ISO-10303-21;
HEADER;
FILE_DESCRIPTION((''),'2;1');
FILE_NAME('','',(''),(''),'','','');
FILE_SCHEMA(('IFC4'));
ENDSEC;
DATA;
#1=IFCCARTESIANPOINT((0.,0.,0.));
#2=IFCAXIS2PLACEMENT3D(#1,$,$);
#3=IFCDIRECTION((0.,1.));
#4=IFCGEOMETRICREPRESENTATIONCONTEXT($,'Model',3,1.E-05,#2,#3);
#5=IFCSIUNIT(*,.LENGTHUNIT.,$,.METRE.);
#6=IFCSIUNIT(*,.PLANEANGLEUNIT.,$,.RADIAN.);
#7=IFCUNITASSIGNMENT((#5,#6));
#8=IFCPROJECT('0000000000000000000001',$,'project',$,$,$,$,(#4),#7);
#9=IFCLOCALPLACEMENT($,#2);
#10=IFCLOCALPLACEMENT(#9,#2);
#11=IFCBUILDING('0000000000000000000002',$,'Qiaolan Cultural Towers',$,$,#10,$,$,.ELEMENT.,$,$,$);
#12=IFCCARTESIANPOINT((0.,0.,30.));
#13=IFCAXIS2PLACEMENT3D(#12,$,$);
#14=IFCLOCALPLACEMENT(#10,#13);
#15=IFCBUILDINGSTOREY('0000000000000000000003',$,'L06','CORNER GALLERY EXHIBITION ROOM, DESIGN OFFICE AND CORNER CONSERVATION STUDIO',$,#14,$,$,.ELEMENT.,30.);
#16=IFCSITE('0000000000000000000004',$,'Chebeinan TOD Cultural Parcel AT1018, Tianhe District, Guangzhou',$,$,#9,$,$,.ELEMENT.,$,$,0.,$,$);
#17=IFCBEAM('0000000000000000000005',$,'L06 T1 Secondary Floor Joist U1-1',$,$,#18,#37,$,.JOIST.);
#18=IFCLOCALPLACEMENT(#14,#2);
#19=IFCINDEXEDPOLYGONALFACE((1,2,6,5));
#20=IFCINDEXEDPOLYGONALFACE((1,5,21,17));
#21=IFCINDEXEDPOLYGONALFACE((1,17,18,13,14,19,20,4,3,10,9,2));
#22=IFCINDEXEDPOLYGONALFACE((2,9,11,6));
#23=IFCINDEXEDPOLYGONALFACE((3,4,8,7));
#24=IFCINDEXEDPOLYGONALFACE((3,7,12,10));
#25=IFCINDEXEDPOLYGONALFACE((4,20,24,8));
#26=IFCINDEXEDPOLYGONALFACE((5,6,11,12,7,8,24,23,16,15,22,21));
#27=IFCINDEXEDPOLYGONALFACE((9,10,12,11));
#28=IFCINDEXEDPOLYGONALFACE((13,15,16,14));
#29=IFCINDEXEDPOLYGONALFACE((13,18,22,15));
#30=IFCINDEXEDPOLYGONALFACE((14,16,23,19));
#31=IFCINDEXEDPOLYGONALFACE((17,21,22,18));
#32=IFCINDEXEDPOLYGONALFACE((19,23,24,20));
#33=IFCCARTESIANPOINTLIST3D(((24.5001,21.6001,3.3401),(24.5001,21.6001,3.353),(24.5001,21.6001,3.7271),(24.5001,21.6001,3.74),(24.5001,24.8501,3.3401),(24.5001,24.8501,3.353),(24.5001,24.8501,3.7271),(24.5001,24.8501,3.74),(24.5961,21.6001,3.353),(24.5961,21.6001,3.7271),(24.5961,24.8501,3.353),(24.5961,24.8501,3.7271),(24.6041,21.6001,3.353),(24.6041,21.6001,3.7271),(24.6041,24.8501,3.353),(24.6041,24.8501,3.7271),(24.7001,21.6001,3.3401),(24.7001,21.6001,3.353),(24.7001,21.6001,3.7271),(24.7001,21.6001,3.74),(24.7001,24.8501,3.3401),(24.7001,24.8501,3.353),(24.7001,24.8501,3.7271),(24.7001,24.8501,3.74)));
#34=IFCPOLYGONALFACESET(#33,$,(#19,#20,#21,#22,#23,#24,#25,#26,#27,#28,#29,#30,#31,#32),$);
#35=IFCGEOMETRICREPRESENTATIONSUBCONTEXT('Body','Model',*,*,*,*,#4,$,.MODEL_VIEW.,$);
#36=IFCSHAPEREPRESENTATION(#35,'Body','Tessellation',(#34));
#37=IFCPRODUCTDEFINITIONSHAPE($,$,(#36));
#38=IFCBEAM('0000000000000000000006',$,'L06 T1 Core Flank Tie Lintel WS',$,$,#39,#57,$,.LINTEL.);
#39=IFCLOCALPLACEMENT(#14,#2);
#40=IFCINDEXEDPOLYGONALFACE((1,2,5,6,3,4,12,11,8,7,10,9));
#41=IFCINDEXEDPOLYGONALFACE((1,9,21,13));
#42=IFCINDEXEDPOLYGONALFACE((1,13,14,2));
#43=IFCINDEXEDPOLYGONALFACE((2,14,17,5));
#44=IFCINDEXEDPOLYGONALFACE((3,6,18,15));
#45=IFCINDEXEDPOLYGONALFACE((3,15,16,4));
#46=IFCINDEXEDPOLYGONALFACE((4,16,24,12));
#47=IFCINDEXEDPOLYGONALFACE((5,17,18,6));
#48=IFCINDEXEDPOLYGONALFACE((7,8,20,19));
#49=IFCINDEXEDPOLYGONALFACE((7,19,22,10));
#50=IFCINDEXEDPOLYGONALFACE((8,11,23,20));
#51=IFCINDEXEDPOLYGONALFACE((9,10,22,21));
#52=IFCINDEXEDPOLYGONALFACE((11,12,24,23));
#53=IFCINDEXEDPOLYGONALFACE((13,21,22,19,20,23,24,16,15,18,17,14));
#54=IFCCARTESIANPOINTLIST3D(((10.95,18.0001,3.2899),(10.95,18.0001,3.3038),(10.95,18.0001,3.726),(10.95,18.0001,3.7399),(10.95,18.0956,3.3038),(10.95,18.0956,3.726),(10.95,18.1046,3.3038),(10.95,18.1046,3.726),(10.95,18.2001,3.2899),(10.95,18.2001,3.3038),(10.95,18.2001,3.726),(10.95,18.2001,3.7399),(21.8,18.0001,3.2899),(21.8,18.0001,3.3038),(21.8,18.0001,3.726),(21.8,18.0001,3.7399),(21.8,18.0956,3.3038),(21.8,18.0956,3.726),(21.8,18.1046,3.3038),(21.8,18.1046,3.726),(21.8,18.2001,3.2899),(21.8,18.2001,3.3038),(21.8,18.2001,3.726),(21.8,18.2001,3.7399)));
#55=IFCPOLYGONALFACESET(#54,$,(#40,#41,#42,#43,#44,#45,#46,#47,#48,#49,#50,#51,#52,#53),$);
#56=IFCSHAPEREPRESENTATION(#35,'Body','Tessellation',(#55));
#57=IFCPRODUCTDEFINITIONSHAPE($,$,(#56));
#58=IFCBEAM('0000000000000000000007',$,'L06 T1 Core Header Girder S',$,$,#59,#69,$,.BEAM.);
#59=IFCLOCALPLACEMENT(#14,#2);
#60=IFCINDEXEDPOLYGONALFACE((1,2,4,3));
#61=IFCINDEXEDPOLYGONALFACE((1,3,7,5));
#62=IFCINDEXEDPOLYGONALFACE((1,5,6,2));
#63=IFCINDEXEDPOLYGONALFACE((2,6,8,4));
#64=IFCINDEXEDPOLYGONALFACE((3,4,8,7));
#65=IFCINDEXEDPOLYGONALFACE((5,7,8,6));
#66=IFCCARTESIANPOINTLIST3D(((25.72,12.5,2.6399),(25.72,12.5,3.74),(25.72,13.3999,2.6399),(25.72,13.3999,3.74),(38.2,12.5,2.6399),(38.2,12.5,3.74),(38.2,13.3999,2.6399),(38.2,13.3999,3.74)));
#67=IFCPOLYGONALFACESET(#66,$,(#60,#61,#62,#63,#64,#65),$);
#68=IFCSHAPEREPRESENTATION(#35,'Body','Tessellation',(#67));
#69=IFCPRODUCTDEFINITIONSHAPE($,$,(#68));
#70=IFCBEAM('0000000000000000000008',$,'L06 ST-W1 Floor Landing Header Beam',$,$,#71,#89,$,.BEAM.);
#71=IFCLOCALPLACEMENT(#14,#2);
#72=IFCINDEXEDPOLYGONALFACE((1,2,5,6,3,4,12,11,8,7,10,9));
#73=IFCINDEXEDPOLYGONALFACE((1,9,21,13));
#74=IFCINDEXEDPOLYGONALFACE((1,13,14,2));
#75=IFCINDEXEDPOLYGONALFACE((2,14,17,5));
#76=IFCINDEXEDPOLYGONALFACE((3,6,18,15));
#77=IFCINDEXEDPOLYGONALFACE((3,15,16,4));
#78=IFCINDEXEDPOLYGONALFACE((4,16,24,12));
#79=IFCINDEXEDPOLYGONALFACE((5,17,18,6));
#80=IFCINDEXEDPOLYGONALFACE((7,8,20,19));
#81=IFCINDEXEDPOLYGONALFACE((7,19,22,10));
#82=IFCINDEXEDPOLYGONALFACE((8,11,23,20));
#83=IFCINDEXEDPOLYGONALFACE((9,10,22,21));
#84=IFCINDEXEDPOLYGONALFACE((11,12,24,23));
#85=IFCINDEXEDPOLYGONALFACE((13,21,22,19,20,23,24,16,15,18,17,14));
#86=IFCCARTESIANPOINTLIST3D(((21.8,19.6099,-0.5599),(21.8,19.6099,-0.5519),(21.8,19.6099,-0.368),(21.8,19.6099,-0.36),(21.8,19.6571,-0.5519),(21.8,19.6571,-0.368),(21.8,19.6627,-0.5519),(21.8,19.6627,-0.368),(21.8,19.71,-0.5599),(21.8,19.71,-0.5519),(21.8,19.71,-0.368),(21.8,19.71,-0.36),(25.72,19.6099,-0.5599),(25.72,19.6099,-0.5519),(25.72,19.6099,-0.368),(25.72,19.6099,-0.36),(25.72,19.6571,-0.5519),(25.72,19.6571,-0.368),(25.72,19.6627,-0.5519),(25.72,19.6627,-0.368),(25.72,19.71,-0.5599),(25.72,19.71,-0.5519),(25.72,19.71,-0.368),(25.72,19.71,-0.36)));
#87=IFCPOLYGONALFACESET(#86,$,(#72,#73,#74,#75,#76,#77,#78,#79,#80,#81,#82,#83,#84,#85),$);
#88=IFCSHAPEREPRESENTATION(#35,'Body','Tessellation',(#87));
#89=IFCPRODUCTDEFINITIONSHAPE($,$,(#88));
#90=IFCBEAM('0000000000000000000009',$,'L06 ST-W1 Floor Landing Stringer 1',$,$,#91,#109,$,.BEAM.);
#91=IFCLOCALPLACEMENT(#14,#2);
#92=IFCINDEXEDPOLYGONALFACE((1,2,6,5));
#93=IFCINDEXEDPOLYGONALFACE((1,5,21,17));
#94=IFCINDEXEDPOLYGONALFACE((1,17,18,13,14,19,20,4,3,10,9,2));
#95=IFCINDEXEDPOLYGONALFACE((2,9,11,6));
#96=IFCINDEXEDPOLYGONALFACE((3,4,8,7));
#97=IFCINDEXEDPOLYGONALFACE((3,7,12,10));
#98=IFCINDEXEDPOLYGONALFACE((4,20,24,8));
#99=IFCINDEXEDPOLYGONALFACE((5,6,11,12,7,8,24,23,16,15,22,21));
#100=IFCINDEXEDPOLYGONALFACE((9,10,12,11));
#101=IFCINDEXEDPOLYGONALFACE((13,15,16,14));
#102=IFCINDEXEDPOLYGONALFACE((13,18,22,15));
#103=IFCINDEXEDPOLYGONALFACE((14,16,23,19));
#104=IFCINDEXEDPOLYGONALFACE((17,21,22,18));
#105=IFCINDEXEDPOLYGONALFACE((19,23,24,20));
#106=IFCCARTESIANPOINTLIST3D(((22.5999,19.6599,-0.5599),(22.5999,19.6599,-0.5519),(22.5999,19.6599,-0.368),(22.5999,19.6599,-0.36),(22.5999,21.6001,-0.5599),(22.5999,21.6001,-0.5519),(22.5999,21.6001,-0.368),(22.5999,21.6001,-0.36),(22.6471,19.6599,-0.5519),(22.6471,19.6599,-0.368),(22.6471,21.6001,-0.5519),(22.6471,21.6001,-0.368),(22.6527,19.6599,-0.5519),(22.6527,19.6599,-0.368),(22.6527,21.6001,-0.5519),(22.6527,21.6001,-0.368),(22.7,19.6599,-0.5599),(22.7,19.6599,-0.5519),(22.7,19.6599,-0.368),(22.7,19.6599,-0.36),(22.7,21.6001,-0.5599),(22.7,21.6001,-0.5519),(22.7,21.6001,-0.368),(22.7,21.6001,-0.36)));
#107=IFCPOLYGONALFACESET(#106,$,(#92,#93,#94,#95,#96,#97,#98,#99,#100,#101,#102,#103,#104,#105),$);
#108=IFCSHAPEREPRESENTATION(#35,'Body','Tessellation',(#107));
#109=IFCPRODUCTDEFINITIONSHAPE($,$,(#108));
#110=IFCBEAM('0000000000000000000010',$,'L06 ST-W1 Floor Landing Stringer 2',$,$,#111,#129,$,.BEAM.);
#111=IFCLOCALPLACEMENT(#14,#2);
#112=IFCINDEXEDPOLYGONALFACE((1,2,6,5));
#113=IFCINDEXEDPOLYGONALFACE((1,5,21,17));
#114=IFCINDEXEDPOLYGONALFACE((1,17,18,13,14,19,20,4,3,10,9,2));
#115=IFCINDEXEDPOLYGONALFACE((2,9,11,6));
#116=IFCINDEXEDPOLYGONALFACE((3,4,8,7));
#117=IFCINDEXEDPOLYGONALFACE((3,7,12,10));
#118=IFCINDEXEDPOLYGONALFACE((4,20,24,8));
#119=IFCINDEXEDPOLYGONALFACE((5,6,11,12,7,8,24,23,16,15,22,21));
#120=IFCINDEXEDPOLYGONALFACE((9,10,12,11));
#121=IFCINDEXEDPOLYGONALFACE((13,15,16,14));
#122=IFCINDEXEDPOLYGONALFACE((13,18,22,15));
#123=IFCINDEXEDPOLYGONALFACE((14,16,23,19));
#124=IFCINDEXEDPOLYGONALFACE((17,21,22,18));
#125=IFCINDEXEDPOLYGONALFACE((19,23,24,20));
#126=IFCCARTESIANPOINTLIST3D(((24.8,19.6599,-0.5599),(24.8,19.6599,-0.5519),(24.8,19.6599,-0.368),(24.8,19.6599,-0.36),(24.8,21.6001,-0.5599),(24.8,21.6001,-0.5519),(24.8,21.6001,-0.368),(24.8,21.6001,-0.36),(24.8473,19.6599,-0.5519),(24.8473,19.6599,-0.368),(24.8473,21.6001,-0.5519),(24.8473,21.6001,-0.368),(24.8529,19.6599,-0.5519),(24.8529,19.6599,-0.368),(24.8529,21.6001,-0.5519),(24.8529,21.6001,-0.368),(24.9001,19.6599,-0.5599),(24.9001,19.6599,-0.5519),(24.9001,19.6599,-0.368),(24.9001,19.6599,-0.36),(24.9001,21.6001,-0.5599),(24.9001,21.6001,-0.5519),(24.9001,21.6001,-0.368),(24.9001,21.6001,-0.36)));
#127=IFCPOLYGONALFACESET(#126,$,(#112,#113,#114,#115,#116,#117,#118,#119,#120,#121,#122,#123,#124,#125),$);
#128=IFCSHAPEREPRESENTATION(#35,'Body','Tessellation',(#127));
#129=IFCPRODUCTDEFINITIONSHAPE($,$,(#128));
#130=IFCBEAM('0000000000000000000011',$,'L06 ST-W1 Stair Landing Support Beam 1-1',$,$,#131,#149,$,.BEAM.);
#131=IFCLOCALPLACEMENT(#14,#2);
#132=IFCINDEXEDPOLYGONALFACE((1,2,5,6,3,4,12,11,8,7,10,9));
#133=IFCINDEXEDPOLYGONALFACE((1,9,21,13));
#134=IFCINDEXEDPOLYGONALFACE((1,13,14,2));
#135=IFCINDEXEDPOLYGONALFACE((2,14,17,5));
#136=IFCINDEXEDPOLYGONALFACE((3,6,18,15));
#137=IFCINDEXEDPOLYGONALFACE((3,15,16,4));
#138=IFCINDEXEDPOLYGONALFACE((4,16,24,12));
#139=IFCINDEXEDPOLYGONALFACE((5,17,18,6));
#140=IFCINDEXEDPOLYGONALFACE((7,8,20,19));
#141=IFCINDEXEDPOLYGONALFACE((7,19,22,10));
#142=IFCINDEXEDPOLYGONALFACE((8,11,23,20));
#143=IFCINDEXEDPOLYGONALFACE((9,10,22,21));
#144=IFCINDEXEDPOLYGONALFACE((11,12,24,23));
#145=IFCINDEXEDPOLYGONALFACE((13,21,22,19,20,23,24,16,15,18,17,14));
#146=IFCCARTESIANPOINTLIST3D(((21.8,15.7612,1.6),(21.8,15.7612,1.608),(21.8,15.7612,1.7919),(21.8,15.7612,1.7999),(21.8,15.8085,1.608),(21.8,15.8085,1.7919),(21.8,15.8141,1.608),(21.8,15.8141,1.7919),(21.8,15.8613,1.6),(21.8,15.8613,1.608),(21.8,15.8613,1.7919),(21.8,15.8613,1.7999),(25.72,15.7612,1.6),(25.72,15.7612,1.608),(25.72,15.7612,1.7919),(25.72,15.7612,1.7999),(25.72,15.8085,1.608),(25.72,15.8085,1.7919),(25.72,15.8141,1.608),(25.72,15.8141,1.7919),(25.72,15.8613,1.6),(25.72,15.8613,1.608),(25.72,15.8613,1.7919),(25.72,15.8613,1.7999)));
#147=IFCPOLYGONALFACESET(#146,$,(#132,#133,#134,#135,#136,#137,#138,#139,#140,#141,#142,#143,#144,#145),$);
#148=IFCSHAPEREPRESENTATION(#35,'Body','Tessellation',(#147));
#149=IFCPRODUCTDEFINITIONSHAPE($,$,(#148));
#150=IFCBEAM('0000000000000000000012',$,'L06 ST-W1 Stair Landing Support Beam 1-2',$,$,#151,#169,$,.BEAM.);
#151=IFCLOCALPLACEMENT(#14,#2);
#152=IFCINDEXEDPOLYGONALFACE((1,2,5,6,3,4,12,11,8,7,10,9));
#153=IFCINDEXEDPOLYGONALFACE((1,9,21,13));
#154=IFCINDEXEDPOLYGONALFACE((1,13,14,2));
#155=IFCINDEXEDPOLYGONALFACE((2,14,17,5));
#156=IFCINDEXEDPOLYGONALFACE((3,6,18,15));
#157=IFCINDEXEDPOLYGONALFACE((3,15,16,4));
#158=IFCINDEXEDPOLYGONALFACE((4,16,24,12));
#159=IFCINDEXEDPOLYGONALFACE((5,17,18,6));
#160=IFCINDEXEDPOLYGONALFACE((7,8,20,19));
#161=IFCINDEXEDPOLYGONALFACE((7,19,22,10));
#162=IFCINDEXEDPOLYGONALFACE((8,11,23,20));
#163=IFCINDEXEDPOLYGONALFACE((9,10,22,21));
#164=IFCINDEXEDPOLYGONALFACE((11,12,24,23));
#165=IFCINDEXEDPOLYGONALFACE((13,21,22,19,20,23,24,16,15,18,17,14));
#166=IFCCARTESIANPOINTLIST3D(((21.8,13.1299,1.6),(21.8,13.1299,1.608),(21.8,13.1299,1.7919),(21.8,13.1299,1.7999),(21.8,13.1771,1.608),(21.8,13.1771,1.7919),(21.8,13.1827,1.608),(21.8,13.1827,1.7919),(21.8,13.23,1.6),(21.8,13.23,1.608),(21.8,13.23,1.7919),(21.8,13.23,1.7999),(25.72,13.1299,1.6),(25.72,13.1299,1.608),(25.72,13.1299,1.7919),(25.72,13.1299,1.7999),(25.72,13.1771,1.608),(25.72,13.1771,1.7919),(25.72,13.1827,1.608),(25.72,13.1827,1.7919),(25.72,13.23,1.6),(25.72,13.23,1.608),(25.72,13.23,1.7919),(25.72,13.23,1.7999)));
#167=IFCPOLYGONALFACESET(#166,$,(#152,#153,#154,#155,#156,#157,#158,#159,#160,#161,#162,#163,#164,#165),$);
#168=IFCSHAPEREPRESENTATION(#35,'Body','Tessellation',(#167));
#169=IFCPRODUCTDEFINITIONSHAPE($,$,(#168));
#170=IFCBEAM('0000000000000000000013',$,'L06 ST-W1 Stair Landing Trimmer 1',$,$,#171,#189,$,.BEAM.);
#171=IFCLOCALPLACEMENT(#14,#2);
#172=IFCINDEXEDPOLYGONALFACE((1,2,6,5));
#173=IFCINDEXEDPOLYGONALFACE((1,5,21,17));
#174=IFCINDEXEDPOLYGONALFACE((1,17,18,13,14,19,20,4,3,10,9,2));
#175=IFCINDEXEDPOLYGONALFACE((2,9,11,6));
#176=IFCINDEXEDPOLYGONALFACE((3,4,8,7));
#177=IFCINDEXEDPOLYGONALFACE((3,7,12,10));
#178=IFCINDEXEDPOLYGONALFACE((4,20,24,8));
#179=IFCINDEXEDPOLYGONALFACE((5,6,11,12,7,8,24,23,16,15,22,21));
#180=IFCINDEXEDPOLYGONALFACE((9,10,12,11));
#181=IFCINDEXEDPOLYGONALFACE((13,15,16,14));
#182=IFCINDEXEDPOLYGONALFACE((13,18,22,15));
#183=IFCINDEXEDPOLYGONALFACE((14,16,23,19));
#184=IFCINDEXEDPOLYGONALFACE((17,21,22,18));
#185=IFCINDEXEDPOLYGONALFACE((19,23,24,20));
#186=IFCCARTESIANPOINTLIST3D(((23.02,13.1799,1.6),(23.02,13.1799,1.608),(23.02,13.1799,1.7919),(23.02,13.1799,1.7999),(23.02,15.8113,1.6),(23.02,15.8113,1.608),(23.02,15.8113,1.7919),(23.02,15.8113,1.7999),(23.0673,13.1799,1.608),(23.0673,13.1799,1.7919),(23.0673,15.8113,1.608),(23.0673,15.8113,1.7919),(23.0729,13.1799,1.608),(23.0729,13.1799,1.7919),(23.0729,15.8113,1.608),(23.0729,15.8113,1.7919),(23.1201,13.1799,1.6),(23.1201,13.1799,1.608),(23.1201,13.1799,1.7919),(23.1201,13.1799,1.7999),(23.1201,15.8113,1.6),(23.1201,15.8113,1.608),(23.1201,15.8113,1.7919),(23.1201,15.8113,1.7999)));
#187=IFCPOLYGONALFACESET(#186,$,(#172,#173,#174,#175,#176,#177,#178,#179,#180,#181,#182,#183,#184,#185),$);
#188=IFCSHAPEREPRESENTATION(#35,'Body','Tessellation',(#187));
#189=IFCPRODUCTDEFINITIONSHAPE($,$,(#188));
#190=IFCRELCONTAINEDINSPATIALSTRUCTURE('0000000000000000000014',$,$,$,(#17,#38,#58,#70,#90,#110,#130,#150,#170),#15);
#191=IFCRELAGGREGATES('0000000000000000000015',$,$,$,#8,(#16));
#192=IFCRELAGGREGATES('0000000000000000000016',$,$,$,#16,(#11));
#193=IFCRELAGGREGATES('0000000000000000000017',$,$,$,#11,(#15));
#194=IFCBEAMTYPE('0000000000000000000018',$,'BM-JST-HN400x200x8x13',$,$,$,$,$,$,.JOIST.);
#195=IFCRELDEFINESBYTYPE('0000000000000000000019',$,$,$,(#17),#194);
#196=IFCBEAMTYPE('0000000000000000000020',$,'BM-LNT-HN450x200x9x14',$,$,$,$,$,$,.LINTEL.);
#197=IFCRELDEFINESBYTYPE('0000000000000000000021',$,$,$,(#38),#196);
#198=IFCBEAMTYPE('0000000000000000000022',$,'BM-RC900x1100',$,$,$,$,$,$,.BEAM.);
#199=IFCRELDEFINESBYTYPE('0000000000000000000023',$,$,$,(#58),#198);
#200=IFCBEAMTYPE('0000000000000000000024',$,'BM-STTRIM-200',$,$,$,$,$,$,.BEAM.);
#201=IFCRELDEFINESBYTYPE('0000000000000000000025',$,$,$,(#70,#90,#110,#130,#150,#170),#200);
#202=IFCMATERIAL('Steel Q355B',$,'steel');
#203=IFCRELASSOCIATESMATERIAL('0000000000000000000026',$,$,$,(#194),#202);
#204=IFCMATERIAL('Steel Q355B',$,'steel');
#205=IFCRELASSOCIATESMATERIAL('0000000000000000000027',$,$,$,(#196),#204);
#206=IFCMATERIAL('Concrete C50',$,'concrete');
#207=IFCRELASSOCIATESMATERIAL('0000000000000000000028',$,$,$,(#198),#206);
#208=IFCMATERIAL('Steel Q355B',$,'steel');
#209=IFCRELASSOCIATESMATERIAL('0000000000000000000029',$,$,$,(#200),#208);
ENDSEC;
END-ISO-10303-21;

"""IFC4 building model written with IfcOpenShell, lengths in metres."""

from ifc_helpers import new_model, si_unit, direction, frame, origin, origin_2d, place, context, subcontext, project, spatial, rectangle, i_section, extrude, material, material_profile, profile_set, type_object, element, save


model = new_model("IFC4")

# Units and contexts
model_context = context("Model", 3, precision=1e-05, world=origin(), true_north=direction((0.0, 1.0)))
body_context = subcontext(model_context, "Body", "Model", "MODEL_VIEW")
ifc_project = project(units=[si_unit("LENGTHUNIT", "METRE"), si_unit("PLANEANGLEUNIT", "RADIAN")], contexts=[model_context])

# Site, building, storey
site_placement = place(None, origin())
site = spatial("IfcSite", under=ifc_project, at=site_placement, Name="Chebeinan TOD Cultural Parcel AT1018, Tianhe District, Guangzhou", CompositionType="ELEMENT", RefElevation=0.0)
building_placement = place(site_placement, origin())
building = spatial("IfcBuilding", under=site, at=building_placement, Name="Qiaolan Cultural Towers", CompositionType="ELEMENT")
storey_placement = place(building_placement, frame((0.0, 0.0, 30.0)))
storey = spatial("IfcBuildingStorey", under=building, at=storey_placement, Name="L06", Description="CORNER GALLERY EXHIBITION ROOM, DESIGN OFFICE AND CORNER CONSERVATION STUDIO", CompositionType="ELEMENT", Elevation=30.0)

# Beams
ifc_material_1 = material(Name="Steel Q355B", Category="steel")
ifc_material_profile_1 = material_profile(ifc_material_1, i_section(OverallWidth=0.2, OverallDepth=0.3999, WebThickness=0.0081, FlangeThickness=0.0129, at=origin_2d()), Name="HN400x200x8x13")
ifc_profile_set_1 = profile_set([ifc_material_profile_1], Name="Steel Q355B")
beam_type_1 = type_object("IfcBeamType", Name="BM-JST-HN400x200x8x13", PredefinedType="JOIST", material=ifc_profile_set_1)
beam_1_placement = place(storey_placement, frame((24.6001, 21.6001, 3.54), z_axis=(0.0, 1.0, 0.0), x_axis=(-1.0, 0.0, 0.0)))
element("IfcBeam", 1, at=beam_1_placement, inside=storey, type_object=beam_type_1, Name="L06 T1 Secondary Floor Joist U1-1", PredefinedType="JOIST", context=body_context, shape_type="SweptSolid", body=[
    extrude(i_section(OverallWidth=0.2, OverallDepth=0.3999, WebThickness=0.0081, FlangeThickness=0.0129, at=origin_2d()), origin(), (0.0, 0.0, 1.0), 3.25),
])
ifc_material_2 = material(Name="Steel Q355B", Category="steel")
ifc_material_profile_2 = material_profile(ifc_material_2, i_section(OverallWidth=0.2, OverallDepth=0.45, WebThickness=0.009, FlangeThickness=0.0139, at=origin_2d()), Name="HN450x200x9x14")
ifc_profile_set_2 = profile_set([ifc_material_profile_2], Name="Steel Q355B")
beam_type_2 = type_object("IfcBeamType", Name="BM-LNT-HN450x200x9x14", PredefinedType="LINTEL", material=ifc_profile_set_2)
beam_2_placement = place(storey_placement, frame((21.8, 18.1001, 3.5149), z_axis=(-1.0, 0.0, 0.0), x_axis=(0.0, -1.0, 0.0)))
element("IfcBeam", 2, at=beam_2_placement, inside=storey, type_object=beam_type_2, Name="L06 T1 Core Flank Tie Lintel WS", PredefinedType="LINTEL", context=body_context, shape_type="SweptSolid", body=[
    extrude(i_section(OverallWidth=0.2, OverallDepth=0.45, WebThickness=0.009, FlangeThickness=0.0139, at=origin_2d()), origin(), (0.0, 0.0, 1.0), 10.8501),
])
ifc_material_3 = material(Name="Concrete C50", Category="concrete")
ifc_material_profile_3 = material_profile(ifc_material_3, rectangle(XDim=0.8999, YDim=1.1001, at=origin_2d()), Name="RC900x1100")
ifc_profile_set_3 = profile_set([ifc_material_profile_3], Name="Concrete C50")
beam_type_3 = type_object("IfcBeamType", Name="BM-RC900x1100", PredefinedType="BEAM", material=ifc_profile_set_3)
beam_3_placement = place(storey_placement, frame((25.72, 12.95, 3.1899), z_axis=(1.0, 0.0, 0.0), x_axis=(0.0, 1.0, 0.0)))
element("IfcBeam", 3, at=beam_3_placement, inside=storey, type_object=beam_type_3, Name="L06 T1 Core Header Girder S", PredefinedType="BEAM", context=body_context, shape_type="SweptSolid", body=[
    extrude(rectangle(XDim=0.8999, YDim=1.1001, at=origin_2d()), origin(), (0.0, 0.0, 1.0), 12.48),
])
ifc_material_4 = material(Name="Steel Q355B", Category="steel")
ifc_material_profile_4 = material_profile(ifc_material_4, i_section(OverallWidth=0.1001, OverallDepth=0.2, WebThickness=0.0056, FlangeThickness=0.0081, at=origin_2d()), Name="HN200x100x5.5x8")
ifc_profile_set_4 = profile_set([ifc_material_profile_4], Name="Steel Q355B")
beam_type_4 = type_object("IfcBeamType", Name="BM-STTRIM-200", PredefinedType="BEAM", material=ifc_profile_set_4)
beam_4_placement = place(storey_placement, frame((21.8, 19.6599, -0.46), z_axis=(1.0, 0.0, 0.0), x_axis=(0.0, 1.0, 0.0)))
element("IfcBeam", 4, at=beam_4_placement, inside=storey, type_object=beam_type_4, Name="L06 ST-W1 Floor Landing Header Beam", PredefinedType="BEAM", context=body_context, shape_type="SweptSolid", body=[
    extrude(i_section(OverallWidth=0.1001, OverallDepth=0.2, WebThickness=0.0056, FlangeThickness=0.0081, at=origin_2d()), origin(), (0.0, 0.0, 1.0), 3.9199),
])
for number, where, z_axis, x_axis, name in (
    (5, (22.6499, 21.6001, -0.46), (0.0, -1.0, 0.0), (1.0, 0.0, 0.0), "L06 ST-W1 Floor Landing Stringer 1"),
    (6, (24.8501, 21.6001, -0.46), (0.0, -1.0, 0.0), (1.0, 0.0, 0.0), "L06 ST-W1 Floor Landing Stringer 2"),
):
    element("IfcBeam", number, at=place(storey_placement, frame(where, z_axis=z_axis, x_axis=x_axis)), inside=storey, type_object=beam_type_4, Name=name, PredefinedType="BEAM", context=body_context, shape_type="SweptSolid", body=[
        extrude(i_section(OverallWidth=0.1001, OverallDepth=0.2, WebThickness=0.0056, FlangeThickness=0.0081, at=origin_2d()), origin(), (0.0, 0.0, 1.0), 1.9402),
    ])
for number, where, z_axis, x_axis, name in (
    (7, (21.8, 15.8113, 1.7), (1.0, 0.0, 0.0), (0.0, 1.0, 0.0), "L06 ST-W1 Stair Landing Support Beam 1-1"),
    (8, (21.8, 13.1799, 1.7), (1.0, 0.0, 0.0), (0.0, 1.0, 0.0), "L06 ST-W1 Stair Landing Support Beam 1-2"),
):
    element("IfcBeam", number, at=place(storey_placement, frame(where, z_axis=z_axis, x_axis=x_axis)), inside=storey, type_object=beam_type_4, Name=name, PredefinedType="BEAM", context=body_context, shape_type="SweptSolid", body=[
        extrude(i_section(OverallWidth=0.1001, OverallDepth=0.2, WebThickness=0.0056, FlangeThickness=0.0081, at=origin_2d()), origin(), (0.0, 0.0, 1.0), 3.9199),
    ])
beam_5_placement = place(storey_placement, frame((23.0701, 15.8113, 1.7), z_axis=(0.0, -1.0, 0.0), x_axis=(1.0, 0.0, 0.0)))
element("IfcBeam", 9, at=beam_5_placement, inside=storey, type_object=beam_type_4, Name="L06 ST-W1 Stair Landing Trimmer 1", PredefinedType="BEAM", context=body_context, shape_type="SweptSolid", body=[
    extrude(i_section(OverallWidth=0.1001, OverallDepth=0.2, WebThickness=0.0056, FlangeThickness=0.0081, at=origin_2d()), origin(), (0.0, 0.0, 1.0), 2.6313),
])

save(model, "model.ifc")
